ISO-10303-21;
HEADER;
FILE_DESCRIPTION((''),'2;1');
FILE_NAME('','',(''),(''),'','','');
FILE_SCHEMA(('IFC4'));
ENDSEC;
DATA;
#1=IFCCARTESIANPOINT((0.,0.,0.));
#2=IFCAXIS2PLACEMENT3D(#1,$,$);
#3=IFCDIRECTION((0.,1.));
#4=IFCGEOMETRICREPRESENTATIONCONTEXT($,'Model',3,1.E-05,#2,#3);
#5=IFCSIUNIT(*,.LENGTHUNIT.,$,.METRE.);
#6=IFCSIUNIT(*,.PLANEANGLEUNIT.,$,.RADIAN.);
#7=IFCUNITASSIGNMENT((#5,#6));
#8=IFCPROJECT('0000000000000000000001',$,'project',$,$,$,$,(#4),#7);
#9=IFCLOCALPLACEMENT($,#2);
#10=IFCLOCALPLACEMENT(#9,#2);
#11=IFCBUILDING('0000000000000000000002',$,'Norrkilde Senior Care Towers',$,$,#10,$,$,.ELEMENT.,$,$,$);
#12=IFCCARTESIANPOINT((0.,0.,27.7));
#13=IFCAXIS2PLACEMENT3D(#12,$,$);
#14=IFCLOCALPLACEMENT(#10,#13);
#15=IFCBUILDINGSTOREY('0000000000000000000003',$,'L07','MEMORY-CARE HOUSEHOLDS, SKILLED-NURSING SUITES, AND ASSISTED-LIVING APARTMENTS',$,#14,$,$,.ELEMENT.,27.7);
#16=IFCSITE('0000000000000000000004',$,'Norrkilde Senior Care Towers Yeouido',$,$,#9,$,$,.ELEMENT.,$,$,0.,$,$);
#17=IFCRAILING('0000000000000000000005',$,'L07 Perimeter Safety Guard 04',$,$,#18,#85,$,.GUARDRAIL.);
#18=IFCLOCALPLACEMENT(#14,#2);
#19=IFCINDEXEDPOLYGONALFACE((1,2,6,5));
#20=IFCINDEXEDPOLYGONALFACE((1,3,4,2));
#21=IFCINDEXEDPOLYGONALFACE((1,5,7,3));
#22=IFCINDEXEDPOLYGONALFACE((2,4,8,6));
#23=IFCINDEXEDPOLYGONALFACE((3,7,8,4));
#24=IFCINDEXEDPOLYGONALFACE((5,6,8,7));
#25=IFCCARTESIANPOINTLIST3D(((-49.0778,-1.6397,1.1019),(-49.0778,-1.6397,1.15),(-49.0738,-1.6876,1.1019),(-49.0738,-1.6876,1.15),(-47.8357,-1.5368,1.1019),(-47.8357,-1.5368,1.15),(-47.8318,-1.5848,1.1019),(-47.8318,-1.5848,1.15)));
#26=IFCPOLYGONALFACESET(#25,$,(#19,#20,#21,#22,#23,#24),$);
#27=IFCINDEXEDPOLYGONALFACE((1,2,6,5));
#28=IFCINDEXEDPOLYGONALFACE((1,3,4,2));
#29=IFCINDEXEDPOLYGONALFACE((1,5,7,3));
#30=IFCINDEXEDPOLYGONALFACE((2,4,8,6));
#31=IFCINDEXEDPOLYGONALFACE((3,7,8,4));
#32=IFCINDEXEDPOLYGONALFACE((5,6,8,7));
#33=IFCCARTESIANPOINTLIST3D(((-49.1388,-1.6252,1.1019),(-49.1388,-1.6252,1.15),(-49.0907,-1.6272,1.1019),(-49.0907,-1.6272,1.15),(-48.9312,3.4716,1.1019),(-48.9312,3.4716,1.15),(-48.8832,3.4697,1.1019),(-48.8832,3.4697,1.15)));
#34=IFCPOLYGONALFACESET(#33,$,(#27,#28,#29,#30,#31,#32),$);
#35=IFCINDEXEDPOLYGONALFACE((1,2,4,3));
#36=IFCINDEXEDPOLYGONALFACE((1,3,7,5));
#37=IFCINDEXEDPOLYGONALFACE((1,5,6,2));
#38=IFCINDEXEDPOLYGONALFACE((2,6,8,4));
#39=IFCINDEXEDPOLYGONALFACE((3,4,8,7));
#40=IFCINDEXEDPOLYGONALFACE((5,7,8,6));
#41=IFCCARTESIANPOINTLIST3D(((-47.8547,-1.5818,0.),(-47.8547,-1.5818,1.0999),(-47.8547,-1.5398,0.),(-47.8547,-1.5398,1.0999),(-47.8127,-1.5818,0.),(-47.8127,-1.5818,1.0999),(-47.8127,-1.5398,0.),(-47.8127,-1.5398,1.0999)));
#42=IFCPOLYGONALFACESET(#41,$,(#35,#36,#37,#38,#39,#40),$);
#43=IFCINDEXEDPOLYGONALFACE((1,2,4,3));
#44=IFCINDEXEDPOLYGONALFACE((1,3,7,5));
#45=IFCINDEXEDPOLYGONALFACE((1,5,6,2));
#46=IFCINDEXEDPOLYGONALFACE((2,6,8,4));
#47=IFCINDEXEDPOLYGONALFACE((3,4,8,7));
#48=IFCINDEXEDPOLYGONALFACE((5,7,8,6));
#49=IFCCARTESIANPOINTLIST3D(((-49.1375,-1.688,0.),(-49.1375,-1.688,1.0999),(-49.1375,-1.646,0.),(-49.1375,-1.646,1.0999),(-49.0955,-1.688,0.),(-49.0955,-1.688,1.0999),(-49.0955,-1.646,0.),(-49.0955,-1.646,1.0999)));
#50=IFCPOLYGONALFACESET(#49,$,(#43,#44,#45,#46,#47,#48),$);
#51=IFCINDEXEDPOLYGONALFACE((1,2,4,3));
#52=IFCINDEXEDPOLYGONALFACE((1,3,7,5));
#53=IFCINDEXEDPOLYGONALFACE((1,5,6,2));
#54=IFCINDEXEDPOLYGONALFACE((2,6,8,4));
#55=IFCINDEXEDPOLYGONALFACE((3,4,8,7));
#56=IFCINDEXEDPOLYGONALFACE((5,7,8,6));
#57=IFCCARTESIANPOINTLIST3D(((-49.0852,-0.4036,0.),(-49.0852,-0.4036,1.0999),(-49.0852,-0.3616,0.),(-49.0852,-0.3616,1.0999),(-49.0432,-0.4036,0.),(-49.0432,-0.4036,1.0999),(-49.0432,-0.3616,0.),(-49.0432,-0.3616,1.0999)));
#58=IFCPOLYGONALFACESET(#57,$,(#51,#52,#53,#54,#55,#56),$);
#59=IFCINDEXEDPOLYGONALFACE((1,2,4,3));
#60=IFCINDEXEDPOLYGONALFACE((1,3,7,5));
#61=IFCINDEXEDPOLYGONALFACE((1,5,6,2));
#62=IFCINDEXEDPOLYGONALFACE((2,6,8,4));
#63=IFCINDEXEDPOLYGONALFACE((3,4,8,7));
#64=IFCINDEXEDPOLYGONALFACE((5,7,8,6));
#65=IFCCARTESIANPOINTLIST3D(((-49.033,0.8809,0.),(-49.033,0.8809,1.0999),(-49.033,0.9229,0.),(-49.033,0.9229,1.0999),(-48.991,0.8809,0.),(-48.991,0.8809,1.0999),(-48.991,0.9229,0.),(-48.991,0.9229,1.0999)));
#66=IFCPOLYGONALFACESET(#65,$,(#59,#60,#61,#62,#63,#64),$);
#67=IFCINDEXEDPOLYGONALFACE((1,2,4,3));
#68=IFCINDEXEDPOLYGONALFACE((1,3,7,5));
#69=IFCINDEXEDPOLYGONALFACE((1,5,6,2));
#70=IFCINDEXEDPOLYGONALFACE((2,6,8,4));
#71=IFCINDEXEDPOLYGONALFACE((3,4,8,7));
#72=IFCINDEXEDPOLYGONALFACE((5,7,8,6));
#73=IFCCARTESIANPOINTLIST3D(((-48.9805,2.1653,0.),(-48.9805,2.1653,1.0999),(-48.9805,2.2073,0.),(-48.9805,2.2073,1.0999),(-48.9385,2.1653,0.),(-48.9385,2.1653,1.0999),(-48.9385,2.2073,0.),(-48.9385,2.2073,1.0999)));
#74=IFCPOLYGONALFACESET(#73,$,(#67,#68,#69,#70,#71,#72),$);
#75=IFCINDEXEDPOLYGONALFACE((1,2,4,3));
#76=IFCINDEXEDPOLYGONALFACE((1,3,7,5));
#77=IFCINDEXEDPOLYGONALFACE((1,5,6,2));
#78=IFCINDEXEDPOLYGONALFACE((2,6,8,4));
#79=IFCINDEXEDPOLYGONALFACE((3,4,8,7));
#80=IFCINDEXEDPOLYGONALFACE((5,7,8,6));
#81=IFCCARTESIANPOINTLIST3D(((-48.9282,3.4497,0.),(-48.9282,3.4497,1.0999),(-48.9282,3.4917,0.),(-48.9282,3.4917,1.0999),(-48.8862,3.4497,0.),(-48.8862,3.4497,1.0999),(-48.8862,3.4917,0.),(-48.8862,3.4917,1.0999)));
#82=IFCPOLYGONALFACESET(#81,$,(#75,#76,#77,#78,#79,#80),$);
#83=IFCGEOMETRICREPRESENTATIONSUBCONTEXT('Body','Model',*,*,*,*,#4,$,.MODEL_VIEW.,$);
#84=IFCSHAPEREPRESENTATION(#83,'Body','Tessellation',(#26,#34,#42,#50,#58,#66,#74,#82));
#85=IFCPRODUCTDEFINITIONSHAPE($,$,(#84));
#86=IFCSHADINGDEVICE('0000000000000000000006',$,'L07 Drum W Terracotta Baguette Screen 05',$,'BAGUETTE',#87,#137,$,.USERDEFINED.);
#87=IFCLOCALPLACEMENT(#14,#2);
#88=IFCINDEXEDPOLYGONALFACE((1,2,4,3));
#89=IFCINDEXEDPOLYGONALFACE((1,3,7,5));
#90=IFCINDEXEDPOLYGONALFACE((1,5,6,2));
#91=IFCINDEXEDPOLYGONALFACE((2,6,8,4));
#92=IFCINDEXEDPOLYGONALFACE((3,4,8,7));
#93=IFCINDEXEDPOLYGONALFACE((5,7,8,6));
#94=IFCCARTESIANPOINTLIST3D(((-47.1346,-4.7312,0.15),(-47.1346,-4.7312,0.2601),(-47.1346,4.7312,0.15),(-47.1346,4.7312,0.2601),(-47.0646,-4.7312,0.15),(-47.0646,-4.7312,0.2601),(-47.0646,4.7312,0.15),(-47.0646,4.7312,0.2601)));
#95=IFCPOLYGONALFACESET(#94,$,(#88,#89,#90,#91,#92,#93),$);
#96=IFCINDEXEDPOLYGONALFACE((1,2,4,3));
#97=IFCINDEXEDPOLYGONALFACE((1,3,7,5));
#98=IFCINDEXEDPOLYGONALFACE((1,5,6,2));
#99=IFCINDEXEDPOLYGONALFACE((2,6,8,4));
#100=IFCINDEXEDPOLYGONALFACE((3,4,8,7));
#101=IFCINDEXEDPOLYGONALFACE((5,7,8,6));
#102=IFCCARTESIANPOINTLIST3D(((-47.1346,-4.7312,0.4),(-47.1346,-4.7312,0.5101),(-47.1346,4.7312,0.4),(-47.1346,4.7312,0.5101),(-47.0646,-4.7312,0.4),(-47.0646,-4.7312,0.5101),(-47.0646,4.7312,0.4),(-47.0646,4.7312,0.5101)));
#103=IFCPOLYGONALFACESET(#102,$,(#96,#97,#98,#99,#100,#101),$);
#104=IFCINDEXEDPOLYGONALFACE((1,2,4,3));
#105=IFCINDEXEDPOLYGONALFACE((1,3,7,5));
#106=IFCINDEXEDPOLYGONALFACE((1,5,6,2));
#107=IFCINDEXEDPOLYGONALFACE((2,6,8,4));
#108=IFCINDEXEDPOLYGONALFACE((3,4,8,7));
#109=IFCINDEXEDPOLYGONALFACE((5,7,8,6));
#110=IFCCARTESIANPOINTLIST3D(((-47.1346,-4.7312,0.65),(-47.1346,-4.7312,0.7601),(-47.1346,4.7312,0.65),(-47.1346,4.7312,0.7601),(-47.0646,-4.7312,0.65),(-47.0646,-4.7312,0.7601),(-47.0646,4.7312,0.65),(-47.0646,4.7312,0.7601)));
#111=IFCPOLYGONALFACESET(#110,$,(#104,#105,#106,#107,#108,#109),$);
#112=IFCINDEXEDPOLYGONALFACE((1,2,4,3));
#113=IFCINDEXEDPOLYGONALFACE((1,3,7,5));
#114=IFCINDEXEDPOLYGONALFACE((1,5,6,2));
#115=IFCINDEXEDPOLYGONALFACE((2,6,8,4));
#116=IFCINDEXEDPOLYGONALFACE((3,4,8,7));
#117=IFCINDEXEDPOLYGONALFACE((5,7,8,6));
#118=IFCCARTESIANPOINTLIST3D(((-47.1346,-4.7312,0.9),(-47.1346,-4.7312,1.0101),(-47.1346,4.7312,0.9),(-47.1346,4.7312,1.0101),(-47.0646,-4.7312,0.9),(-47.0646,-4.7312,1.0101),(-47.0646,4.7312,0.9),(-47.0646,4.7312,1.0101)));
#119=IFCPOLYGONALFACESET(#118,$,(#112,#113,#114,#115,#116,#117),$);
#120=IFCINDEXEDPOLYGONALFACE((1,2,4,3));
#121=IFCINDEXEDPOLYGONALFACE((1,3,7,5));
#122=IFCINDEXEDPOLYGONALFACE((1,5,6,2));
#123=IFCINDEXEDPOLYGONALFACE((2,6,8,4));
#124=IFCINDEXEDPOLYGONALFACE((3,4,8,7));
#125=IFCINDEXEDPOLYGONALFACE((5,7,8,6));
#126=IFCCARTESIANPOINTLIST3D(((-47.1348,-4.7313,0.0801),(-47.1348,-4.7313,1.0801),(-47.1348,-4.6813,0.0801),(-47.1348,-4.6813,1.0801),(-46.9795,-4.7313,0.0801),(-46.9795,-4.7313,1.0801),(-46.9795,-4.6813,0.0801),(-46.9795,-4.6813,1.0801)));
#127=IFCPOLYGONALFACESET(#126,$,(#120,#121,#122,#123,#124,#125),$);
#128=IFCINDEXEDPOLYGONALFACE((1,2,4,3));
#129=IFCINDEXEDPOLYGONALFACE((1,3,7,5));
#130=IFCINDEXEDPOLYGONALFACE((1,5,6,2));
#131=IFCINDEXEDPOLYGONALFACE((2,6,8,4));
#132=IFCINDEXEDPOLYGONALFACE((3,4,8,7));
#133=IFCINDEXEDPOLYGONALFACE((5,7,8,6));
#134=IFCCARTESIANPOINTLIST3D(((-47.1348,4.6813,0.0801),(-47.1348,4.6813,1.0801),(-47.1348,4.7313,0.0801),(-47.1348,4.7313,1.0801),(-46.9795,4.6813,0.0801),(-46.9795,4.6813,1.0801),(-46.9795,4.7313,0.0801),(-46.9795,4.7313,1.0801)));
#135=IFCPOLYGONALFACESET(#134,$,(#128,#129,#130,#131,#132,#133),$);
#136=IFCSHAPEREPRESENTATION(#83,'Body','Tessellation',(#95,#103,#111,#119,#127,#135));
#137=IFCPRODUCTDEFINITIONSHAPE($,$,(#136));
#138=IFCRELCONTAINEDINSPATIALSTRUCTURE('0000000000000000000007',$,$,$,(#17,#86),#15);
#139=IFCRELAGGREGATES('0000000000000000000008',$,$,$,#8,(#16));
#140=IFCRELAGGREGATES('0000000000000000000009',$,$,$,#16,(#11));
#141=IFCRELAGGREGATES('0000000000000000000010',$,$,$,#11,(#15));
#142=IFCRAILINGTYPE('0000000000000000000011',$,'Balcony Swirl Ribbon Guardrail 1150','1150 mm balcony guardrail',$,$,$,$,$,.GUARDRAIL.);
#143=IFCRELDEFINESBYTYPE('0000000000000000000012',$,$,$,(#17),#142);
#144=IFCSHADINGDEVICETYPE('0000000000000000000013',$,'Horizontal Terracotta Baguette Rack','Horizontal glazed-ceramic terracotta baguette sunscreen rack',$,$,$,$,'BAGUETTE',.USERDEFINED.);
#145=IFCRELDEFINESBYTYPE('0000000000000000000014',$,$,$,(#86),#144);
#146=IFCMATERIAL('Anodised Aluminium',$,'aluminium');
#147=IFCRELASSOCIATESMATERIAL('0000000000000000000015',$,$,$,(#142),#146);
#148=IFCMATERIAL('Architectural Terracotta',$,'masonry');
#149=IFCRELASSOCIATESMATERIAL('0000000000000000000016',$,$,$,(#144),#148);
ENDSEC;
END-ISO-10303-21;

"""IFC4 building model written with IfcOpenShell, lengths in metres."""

from ifc_helpers import new_model, si_unit, direction, frame, origin, origin_2d, place, context, subcontext, project, spatial, rectangle, extrude, source, transform, mapped, material, type_object, type_shapes, element, save


model = new_model("IFC4")

# Units and contexts
model_context = context("Model", 3, precision=1e-05, world=origin(), true_north=direction((0.0, 1.0)))
body_context = subcontext(model_context, "Body", "Model", "MODEL_VIEW")
ifc_project = project(units=[si_unit("LENGTHUNIT", "METRE"), si_unit("PLANEANGLEUNIT", "RADIAN")], contexts=[model_context])

# Site, building, storey
site_placement = place(None, origin())
site = spatial("IfcSite", under=ifc_project, at=site_placement, Name="Norrkilde Senior Care Towers Yeouido", CompositionType="ELEMENT", RefElevation=0.0)
building_placement = place(site_placement, origin())
building = spatial("IfcBuilding", under=site, at=building_placement, Name="Norrkilde Senior Care Towers", CompositionType="ELEMENT")
storey_placement = place(building_placement, frame((0.0, 0.0, 27.7)))
storey = spatial("IfcBuildingStorey", under=building, at=storey_placement, Name="L07", Description="MEMORY-CARE HOUSEHOLDS, SKILLED-NURSING SUITES, AND ASSISTED-LIVING APARTMENTS", CompositionType="ELEMENT", Elevation=27.7)

# Shared definitions
ifc_material_1 = material(Name="Anodised Aluminium", Category="aluminium")

# Railing
railing_type = type_object("IfcRailingType", Name="Balcony Swirl Ribbon Guardrail 1150", Description="1150 mm balcony guardrail", PredefinedType="GUARDRAIL", material=ifc_material_1)
railing_placement = place(storey_placement, frame((-47.8337, -1.5608, 0.0)))
element("IfcRailing", 1, at=railing_placement, inside=storey, type_object=railing_type, Name="L07 Perimeter Safety Guard 04", PredefinedType="GUARDRAIL", context=body_context, shape_type="SweptSolid", body=[
    extrude(rectangle(XDim=0.0481, YDim=0.0481, at=origin_2d()), frame((0.0, 0.0, 1.126), z_axis=(-0.99659, -0.082512, 0.0), x_axis=(0.082512, -0.99659, 0.0)), (0.0, 0.0, 1.0), 1.2463),
    extrude(rectangle(XDim=0.0481, YDim=0.0481, at=origin_2d()), frame((-1.281, -0.0654, 1.126), z_axis=(0.04069, 0.999172, 0.0), x_axis=(-0.999172, 0.04069, 0.0)), (0.0, 0.0, 1.0), 5.1011),
    extrude(rectangle(XDim=0.042, YDim=0.042, at=origin_2d()), origin(), (0.0, 0.0, 1.0), 1.0999),
    extrude(rectangle(XDim=0.042, YDim=0.042, at=origin_2d()), frame((-1.2827, -0.1062, 0.0)), (0.0, 0.0, 1.0), 1.0999),
    extrude(rectangle(XDim=0.042, YDim=0.042, at=origin_2d()), frame((-1.2305, 1.1782, 0.0)), (0.0, 0.0, 1.0), 1.0999),
    extrude(rectangle(XDim=0.042, YDim=0.042, at=origin_2d()), frame((-1.1782, 2.4626, 0.0)), (0.0, 0.0, 1.0), 1.0999),
    extrude(rectangle(XDim=0.042, YDim=0.042, at=origin_2d()), frame((-1.1257, 3.7471, 0.0)), (0.0, 0.0, 1.0), 1.0999),
    extrude(rectangle(XDim=0.042, YDim=0.042, at=origin_2d()), frame((-1.0735, 5.0315, 0.0)), (0.0, 0.0, 1.0), 1.0999),
])

# Shading device
ifc_material_2 = material(Name="Architectural Terracotta", Category="masonry")
shading_device_type = type_object("IfcShadingDeviceType", Name="Horizontal Terracotta Baguette Rack", Description="Horizontal glazed-ceramic terracotta baguette sunscreen rack", ElementType="BAGUETTE", PredefinedType="USERDEFINED", material=ifc_material_2)
shared_shape_1 = source(origin(), body_context, "Body", "SweptSolid", [
    extrude(rectangle(XDim=0.0701, YDim=0.1101, at=origin_2d()), frame((0.0, 0.0901, 0.125), z_axis=(1.0, 0.0, 0.0), x_axis=(0.0, 1.0, 0.0)), (0.0, 0.0, 1.0), 9.4624),
    extrude(rectangle(XDim=0.0701, YDim=0.1101, at=origin_2d()), frame((0.0, 0.0901, 0.375), z_axis=(1.0, 0.0, 0.0), x_axis=(0.0, 1.0, 0.0)), (0.0, 0.0, 1.0), 9.4624),
    extrude(rectangle(XDim=0.0701, YDim=0.1101, at=origin_2d()), frame((0.0, 0.0901, 0.625), z_axis=(1.0, 0.0, 0.0), x_axis=(0.0, 1.0, 0.0)), (0.0, 0.0, 1.0), 9.4624),
    extrude(rectangle(XDim=0.0701, YDim=0.1101, at=origin_2d()), frame((0.0, 0.0901, 0.875), z_axis=(1.0, 0.0, 0.0), x_axis=(0.0, 1.0, 0.0)), (0.0, 0.0, 1.0), 9.4624),
    extrude(rectangle(XDim=0.05, YDim=0.1553, at=origin_2d()), frame((0.0249, 0.0476, 0.0)), (0.0, 0.0, 1.0), 1.0),
    extrude(rectangle(XDim=0.05, YDim=0.1553, at=origin_2d()), frame((9.4375, 0.0476, 0.0)), (0.0, 0.0, 1.0), 1.0),
])
type_shapes(shading_device_type, [shared_shape_1])
shading_device_placement = place(storey_placement, frame((-47.0095, -4.7312, 0.0801), z_axis=(0.0, 0.0, 1.0), x_axis=(0.0, 1.0, 0.0)))
element("IfcShadingDevice", 2, at=shading_device_placement, inside=storey, type_object=shading_device_type, Name="L07 Drum W Terracotta Baguette Screen 05", ObjectType="BAGUETTE", PredefinedType="USERDEFINED", context=body_context, shape_type="MappedRepresentation", body=[
    mapped(shared_shape_1, transform((0.0, 0.0, 0.0), x_axis=(1.0, 0.0, 0.0), y_axis=(0.0, 1.0, 0.0), z_axis=(0.0, 0.0, 1.0), scale=1.0)),
])

save(model, "model.ifc")
